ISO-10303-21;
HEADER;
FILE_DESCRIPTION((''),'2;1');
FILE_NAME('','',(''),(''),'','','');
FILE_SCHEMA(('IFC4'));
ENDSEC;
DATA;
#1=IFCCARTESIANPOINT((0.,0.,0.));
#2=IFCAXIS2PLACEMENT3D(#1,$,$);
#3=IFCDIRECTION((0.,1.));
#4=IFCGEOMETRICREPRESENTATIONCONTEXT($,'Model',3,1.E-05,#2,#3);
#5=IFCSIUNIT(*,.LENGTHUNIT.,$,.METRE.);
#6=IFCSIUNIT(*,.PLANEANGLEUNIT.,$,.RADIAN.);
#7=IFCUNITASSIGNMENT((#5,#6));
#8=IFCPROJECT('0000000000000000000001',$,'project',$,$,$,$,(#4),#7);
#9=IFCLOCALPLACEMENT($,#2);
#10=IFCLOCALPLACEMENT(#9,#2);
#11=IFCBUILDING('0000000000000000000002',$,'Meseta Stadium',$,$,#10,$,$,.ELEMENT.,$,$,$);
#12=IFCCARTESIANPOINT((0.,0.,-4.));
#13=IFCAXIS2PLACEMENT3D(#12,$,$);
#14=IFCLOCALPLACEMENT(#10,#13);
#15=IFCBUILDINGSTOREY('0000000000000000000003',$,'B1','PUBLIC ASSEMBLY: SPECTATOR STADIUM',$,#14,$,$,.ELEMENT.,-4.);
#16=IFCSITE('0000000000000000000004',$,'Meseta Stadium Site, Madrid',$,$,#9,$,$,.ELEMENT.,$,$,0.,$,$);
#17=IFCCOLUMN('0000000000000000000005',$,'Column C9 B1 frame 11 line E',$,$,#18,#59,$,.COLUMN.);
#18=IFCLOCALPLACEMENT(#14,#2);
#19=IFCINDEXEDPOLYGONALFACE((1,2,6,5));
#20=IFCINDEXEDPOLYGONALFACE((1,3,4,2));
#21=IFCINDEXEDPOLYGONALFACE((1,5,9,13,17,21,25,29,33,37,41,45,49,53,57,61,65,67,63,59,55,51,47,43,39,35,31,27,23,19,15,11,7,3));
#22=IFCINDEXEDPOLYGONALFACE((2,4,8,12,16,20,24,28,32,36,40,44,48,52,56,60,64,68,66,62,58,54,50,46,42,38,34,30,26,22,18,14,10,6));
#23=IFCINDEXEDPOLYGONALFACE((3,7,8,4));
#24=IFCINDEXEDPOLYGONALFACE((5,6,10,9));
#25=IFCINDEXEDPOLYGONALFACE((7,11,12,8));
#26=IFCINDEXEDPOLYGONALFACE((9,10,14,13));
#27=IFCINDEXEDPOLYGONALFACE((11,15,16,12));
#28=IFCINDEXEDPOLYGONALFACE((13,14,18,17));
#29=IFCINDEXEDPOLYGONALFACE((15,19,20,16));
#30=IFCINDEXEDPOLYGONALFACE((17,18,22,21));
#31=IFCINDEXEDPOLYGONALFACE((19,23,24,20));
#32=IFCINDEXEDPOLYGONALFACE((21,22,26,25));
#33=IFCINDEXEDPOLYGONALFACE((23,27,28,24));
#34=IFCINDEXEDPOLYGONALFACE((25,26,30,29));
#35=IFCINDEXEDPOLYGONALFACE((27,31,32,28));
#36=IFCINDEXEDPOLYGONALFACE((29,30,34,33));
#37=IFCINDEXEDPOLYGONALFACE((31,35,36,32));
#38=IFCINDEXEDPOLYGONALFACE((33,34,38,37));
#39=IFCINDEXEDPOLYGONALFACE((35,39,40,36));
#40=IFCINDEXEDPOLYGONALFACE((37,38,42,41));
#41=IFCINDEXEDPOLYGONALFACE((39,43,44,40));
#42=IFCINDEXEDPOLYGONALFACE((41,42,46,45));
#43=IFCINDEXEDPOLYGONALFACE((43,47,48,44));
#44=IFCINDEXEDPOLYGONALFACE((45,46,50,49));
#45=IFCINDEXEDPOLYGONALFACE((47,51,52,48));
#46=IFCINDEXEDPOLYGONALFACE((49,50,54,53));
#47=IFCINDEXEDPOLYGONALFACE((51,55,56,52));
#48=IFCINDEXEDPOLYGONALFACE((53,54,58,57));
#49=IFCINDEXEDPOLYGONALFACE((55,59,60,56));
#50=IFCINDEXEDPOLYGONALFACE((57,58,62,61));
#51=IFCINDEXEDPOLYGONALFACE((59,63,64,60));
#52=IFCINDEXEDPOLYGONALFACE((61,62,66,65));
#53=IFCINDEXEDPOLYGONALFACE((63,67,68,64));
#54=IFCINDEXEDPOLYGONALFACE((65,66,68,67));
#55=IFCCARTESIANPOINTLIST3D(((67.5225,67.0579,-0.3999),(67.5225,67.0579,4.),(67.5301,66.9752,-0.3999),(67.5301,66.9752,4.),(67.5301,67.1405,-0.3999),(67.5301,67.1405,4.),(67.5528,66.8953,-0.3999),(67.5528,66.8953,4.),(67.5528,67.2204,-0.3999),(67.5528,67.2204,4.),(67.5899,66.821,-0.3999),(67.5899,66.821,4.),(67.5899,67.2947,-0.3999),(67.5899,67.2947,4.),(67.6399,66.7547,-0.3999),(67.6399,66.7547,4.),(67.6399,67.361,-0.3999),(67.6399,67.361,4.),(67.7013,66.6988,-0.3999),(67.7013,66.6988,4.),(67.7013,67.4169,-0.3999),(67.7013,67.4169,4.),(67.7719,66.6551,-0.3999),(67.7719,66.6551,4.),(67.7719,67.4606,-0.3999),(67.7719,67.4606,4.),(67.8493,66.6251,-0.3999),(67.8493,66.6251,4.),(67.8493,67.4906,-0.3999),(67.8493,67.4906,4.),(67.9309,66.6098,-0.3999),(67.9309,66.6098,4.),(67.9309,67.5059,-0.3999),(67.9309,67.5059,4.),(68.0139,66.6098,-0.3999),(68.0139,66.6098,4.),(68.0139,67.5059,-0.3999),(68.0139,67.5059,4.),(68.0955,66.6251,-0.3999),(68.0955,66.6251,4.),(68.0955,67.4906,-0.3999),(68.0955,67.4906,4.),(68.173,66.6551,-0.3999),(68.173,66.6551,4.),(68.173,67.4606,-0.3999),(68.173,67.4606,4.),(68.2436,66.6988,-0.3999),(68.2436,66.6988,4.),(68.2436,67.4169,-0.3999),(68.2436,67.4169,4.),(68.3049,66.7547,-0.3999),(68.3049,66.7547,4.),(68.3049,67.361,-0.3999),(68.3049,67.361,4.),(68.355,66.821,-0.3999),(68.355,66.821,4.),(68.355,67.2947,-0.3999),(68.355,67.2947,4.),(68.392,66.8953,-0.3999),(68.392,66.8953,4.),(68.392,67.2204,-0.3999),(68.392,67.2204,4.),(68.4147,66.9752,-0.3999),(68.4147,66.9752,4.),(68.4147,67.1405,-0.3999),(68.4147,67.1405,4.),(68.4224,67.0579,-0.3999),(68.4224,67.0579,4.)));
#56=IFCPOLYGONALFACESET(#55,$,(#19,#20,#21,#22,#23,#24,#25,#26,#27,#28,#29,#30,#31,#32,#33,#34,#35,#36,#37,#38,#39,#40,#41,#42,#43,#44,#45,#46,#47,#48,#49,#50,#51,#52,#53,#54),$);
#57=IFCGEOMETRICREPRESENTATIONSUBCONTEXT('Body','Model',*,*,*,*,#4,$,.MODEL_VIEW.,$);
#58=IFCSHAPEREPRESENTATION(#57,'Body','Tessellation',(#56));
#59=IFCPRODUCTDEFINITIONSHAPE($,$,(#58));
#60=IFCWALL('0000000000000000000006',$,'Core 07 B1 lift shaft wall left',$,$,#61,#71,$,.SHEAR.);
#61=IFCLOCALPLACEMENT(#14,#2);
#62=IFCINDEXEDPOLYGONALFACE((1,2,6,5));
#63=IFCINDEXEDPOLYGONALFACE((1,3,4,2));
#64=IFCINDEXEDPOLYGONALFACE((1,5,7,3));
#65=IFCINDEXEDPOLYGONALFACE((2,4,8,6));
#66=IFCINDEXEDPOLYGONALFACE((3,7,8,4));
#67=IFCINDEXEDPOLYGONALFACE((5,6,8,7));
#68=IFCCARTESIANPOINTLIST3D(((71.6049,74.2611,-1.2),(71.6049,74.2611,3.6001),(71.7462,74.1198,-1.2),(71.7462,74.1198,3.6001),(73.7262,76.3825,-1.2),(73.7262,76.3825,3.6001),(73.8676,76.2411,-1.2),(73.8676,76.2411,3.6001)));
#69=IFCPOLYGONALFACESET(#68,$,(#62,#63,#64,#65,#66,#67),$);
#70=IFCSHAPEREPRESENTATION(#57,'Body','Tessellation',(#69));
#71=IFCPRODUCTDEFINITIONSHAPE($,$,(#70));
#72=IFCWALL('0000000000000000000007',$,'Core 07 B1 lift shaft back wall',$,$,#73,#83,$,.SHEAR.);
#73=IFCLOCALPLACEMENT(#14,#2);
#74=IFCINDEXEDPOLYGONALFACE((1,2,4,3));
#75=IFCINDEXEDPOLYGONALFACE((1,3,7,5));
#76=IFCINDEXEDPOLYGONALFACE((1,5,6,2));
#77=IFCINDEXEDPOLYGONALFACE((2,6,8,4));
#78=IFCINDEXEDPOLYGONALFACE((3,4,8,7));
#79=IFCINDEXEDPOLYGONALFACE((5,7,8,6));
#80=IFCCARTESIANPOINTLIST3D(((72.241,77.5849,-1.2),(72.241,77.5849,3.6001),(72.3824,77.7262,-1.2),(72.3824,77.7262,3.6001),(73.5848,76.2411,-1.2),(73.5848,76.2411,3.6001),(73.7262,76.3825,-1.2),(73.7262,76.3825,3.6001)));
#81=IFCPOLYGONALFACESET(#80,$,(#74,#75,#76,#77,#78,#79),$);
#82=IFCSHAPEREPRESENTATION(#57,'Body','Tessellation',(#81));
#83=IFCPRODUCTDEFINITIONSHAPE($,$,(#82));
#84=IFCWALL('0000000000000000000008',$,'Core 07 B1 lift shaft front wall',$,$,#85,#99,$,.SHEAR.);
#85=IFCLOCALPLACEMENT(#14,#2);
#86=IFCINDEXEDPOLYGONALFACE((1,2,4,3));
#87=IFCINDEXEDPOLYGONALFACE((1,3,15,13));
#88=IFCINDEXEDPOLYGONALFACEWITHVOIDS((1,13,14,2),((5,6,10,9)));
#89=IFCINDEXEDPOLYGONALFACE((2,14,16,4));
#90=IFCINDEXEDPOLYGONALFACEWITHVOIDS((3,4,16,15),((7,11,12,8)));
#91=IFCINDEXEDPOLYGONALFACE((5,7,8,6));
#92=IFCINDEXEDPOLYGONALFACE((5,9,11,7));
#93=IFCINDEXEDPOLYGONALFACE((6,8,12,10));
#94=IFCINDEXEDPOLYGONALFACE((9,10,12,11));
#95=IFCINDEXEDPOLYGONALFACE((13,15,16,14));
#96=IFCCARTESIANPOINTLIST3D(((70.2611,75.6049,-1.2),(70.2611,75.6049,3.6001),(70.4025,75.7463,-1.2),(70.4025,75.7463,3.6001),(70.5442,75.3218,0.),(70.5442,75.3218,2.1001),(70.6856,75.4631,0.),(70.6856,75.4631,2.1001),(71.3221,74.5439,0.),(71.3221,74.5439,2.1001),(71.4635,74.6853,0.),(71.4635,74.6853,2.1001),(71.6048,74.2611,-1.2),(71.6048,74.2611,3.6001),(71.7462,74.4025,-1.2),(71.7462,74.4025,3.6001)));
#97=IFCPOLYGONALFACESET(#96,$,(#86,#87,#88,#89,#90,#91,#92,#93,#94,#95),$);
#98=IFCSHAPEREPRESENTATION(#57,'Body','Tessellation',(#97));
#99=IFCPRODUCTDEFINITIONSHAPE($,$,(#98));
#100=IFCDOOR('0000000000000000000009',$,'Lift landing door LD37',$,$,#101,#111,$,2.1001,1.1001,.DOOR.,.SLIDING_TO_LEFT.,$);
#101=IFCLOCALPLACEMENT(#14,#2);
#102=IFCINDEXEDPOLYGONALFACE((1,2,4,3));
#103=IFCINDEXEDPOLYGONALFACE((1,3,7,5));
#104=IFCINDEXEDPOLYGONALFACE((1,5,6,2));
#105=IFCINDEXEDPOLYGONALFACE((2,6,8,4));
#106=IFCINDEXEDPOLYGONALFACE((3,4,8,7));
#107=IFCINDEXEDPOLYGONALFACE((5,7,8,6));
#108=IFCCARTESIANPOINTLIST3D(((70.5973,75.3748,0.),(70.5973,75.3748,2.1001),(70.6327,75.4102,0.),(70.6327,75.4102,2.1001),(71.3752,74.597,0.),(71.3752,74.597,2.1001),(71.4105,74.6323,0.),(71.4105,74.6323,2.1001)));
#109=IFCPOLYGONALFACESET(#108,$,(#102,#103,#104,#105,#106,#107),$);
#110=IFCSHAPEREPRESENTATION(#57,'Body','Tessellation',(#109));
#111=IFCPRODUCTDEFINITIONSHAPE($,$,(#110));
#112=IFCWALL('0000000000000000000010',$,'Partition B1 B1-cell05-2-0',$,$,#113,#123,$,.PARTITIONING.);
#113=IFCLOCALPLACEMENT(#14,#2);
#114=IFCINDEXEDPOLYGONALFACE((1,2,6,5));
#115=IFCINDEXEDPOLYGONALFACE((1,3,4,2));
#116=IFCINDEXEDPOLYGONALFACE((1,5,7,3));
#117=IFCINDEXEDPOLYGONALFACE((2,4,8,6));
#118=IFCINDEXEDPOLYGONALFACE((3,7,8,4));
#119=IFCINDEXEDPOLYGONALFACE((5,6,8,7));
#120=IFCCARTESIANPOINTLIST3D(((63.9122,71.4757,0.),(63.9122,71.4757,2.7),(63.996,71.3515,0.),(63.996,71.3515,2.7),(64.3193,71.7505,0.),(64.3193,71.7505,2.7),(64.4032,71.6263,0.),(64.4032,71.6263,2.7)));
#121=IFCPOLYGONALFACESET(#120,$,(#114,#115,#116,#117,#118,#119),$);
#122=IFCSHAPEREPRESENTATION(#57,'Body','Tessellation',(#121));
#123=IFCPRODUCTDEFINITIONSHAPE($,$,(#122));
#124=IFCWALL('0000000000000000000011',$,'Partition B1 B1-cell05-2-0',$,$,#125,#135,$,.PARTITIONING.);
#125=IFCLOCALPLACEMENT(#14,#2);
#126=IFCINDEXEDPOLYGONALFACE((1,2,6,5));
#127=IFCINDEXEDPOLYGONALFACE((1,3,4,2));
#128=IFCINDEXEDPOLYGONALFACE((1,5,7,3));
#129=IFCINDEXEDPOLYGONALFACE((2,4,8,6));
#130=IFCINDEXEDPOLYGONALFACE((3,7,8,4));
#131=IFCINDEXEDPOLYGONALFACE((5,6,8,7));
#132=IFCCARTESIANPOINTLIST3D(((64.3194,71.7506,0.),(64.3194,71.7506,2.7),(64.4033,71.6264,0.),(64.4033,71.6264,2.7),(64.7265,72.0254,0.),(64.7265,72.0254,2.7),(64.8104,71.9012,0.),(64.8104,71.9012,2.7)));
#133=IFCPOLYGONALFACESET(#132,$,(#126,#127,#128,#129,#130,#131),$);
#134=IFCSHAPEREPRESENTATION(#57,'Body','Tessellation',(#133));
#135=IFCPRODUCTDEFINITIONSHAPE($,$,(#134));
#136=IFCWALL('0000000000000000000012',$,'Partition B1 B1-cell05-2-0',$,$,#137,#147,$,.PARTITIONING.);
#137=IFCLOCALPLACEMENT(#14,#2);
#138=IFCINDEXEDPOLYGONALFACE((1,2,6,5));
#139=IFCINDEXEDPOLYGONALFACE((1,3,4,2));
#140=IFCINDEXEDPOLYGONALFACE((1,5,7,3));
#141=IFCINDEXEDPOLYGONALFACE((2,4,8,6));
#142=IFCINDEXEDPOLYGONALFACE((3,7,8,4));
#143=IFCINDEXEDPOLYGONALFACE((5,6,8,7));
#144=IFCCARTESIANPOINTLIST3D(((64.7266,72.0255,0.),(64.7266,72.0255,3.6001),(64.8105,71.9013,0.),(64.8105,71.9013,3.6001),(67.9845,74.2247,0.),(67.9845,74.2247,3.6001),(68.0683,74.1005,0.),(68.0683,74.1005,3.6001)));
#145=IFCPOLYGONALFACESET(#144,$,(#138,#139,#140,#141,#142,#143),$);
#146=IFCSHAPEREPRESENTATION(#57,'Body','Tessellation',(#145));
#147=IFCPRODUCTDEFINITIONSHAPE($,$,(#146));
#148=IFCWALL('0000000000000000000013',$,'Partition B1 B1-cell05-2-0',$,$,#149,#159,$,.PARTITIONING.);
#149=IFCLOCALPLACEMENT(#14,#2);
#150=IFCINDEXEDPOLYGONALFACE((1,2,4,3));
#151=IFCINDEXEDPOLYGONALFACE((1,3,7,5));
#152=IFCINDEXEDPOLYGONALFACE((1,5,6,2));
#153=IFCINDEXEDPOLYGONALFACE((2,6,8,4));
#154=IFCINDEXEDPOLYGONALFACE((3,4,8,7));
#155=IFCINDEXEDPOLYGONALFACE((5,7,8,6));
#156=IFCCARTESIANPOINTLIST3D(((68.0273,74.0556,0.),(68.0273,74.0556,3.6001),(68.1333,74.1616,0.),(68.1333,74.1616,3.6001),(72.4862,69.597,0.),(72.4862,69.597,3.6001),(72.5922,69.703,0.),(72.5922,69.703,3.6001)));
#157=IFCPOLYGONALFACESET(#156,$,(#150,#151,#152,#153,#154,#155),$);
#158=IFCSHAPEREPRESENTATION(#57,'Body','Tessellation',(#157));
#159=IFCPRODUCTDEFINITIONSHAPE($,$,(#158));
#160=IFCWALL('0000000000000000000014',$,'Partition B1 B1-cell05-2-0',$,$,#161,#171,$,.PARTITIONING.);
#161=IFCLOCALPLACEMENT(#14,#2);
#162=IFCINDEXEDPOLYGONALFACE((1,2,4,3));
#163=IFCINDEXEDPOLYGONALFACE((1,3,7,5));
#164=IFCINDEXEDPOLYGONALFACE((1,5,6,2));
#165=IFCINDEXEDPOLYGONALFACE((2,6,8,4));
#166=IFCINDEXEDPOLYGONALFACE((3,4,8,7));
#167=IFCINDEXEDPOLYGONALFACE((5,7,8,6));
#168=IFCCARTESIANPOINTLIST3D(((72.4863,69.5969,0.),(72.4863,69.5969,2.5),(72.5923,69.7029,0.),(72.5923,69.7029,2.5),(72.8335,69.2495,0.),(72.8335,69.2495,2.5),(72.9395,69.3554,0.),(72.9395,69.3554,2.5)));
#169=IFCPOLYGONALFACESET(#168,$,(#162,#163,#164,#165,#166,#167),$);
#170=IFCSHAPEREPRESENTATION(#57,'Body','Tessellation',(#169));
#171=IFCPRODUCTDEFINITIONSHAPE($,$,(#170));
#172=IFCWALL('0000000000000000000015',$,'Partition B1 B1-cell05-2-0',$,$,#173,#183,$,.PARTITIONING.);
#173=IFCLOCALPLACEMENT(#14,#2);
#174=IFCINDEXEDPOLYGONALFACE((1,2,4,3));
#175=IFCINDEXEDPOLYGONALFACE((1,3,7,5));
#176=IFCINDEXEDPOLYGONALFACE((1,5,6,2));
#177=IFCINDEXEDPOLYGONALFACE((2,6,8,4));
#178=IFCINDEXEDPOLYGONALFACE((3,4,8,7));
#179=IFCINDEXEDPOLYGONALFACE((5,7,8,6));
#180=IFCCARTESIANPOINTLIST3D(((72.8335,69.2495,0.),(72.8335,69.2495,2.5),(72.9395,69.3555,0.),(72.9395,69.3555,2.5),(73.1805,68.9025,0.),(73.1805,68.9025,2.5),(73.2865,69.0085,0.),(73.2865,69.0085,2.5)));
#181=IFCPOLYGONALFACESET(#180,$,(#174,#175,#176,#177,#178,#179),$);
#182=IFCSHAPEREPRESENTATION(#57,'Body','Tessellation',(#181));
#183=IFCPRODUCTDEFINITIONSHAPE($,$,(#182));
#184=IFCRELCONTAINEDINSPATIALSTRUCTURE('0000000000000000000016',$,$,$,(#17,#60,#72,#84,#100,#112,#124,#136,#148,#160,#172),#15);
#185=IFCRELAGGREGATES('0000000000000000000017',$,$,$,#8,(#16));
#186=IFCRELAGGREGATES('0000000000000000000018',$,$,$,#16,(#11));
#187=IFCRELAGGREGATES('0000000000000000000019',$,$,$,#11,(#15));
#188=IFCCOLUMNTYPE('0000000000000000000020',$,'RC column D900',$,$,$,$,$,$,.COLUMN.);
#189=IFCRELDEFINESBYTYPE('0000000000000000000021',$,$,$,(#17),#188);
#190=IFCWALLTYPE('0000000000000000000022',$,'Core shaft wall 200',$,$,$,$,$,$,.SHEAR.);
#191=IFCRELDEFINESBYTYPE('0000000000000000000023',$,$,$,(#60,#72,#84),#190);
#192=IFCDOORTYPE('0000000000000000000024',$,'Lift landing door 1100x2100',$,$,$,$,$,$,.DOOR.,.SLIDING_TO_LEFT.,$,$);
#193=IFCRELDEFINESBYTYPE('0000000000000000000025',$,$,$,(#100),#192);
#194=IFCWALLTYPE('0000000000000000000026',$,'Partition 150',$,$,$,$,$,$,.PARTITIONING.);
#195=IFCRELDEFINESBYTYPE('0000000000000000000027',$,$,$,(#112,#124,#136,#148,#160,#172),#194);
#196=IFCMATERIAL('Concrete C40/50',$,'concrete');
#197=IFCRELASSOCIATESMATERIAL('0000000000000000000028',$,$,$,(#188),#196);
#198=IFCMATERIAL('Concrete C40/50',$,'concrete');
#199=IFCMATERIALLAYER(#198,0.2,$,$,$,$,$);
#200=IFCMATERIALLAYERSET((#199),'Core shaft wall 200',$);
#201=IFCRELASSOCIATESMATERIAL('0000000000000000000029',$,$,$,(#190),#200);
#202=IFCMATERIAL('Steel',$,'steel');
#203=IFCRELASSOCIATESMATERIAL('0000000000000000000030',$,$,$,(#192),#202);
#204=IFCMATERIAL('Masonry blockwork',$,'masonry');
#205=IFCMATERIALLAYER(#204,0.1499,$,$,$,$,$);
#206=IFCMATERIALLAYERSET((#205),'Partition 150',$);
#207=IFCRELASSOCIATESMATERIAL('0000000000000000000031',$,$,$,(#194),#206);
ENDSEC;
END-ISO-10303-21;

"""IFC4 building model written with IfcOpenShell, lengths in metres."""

from ifc_helpers import new_model, si_unit, direction, frame, frame_2d, origin, origin_2d, place, context, subcontext, project, spatial, rectangle, circle, extrude, material, layer, layer_set, material_profile, profile_set, type_object, element, fill, save


model = new_model("IFC4")

# Units and contexts
model_context = context("Model", 3, precision=1e-05, world=origin(), true_north=direction((0.0, 1.0)))
body_context = subcontext(model_context, "Body", "Model", "MODEL_VIEW")
ifc_project = project(units=[si_unit("LENGTHUNIT", "METRE"), si_unit("PLANEANGLEUNIT", "RADIAN")], contexts=[model_context])

# Site, building, storey
site_placement = place(None, origin())
site = spatial("IfcSite", under=ifc_project, at=site_placement, Name="Meseta Stadium Site, Madrid", CompositionType="ELEMENT", RefElevation=0.0)
building_placement = place(site_placement, origin())
building = spatial("IfcBuilding", under=site, at=building_placement, Name="Meseta Stadium", CompositionType="ELEMENT")
storey_placement = place(building_placement, frame((0.0, 0.0, -4.0)))
storey = spatial("IfcBuildingStorey", under=building, at=storey_placement, Name="B1", Description="PUBLIC ASSEMBLY: SPECTATOR STADIUM", CompositionType="ELEMENT", Elevation=-4.0)

# Column
ifc_material_1 = material(Name="Concrete C40/50", Category="concrete")
ifc_material_profile = material_profile(ifc_material_1, circle(Radius=0.45, at=origin_2d()), Name="RC D900")
ifc_profile_set = profile_set([ifc_material_profile], Name="Concrete C40/50")
column_type = type_object("IfcColumnType", Name="RC column D900", PredefinedType="COLUMN", material=ifc_profile_set)
column_placement = place(storey_placement, frame((67.9724, 67.0579, -0.3999), z_axis=(0.0, 0.0, 1.0), x_axis=(1.0, 0.0, 0.0)))
element("IfcColumn", 1, at=column_placement, inside=storey, type_object=column_type, Name="Column C9 B1 frame 11 line E", PredefinedType="COLUMN", context=body_context, shape_type="SweptSolid", body=[
    extrude(circle(Radius=0.45, at=origin_2d()), origin(), (0.0, 0.0, 1.0), 4.3999),
])

# Walls
ifc_material_2 = material(Name="Concrete C40/50", Category="concrete")
ifc_layer_1 = layer(ifc_material_2, 0.2)
ifc_layer_set_1 = layer_set([ifc_layer_1], Name="Core shaft wall 200")
wall_type_1 = type_object("IfcWallType", Name="Core shaft wall 200", PredefinedType="SHEAR", material=ifc_layer_set_1)
wall_1_placement = place(storey_placement, frame((73.7969, 76.3118, -1.2), z_axis=(0.0, 0.0, 1.0), x_axis=(-0.707107, -0.707107, 0.0)))
element("IfcWall", 2, at=wall_1_placement, inside=storey, type_object=wall_type_1, Name="Core 07 B1 lift shaft wall left", PredefinedType="SHEAR", context=body_context, shape_type="SweptSolid", body=[
    extrude(rectangle(XDim=3.0, YDim=0.2, at=frame_2d((1.5, 0.0))), origin(), (0.0, 0.0, 1.0), 4.8),
])
wall_2_placement = place(storey_placement, frame((73.6555, 76.3118, -1.2), z_axis=(0.0, 0.0, 1.0), x_axis=(-0.707107, 0.707107, 0.0)))
element("IfcWall", 3, at=wall_2_placement, inside=storey, type_object=wall_type_1, Name="Core 07 B1 lift shaft back wall", PredefinedType="SHEAR", context=body_context, shape_type="SweptSolid", body=[
    extrude(rectangle(XDim=1.9004, YDim=0.2, at=frame_2d((0.9502, 0.0))), origin(), (0.0, 0.0, 1.0), 4.8),
])

# Wall, opening, door
wall_3_placement = place(storey_placement, frame((71.6755, 74.3318, -1.2), z_axis=(0.0, 0.0, 1.0), x_axis=(-0.707107, 0.707107, 0.0)))
wall_3 = element("IfcWall", 4, at=wall_3_placement, inside=storey, type_object=wall_type_1, Name="Core 07 B1 lift shaft front wall", PredefinedType="SHEAR", context=body_context, shape_type="SweptSolid", body=[
    extrude(rectangle(XDim=1.9004, YDim=0.2, at=frame_2d((0.9502, 0.0))), origin(), (0.0, 0.0, 1.0), 4.8),
])
opening_1_placement = place(wall_3_placement, frame((0.3999, 0.0, 1.2)))
opening_1 = element("IfcOpeningElement", 5, at=opening_1_placement, cuts=wall_3, PredefinedType="OPENING", context=body_context, shape_type="SweptSolid", body=[
    extrude(rectangle(XDim=1.1001, YDim=2.1001, at=frame_2d((0.55, 1.05))), frame((0.0, 0.1099, 0.0), z_axis=(0.0, -1.0, 0.0), x_axis=(1.0, 0.0, 0.0)), (0.0, 0.0, 1.0), 0.22),
])
ifc_material_3 = material(Name="Steel", Category="steel")
door_type_1 = type_object("IfcDoorType", Name="Lift landing door 1100x2100", OperationType="SLIDING_TO_LEFT", PredefinedType="DOOR", material=ifc_material_3)
door_1_placement = place(opening_1_placement, origin())
door_1 = element("IfcDoor", 6, at=door_1_placement, inside=storey, type_object=door_type_1, Name="Lift landing door LD37", OperationType="SLIDING_TO_LEFT", OverallHeight=2.1001, OverallWidth=1.1001, PredefinedType="DOOR", context=body_context, shape_type="SweptSolid", body=[
    extrude(rectangle(XDim=1.1001, YDim=2.1001, at=frame_2d((0.55, 1.05))), frame((0.0, 0.0249, 0.0), z_axis=(0.0, -1.0, 0.0), x_axis=(1.0, 0.0, 0.0)), (0.0, 0.0, 1.0), 0.05),
])
fill(opening_1, door_1)

# Walls
ifc_material_4 = material(Name="Masonry blockwork", Category="masonry")
ifc_layer_2 = layer(ifc_material_4, 0.1499)
ifc_layer_set_2 = layer_set([ifc_layer_2], Name="Partition 150")
wall_type_2 = type_object("IfcWallType", Name="Partition 150", PredefinedType="PARTITIONING", material=ifc_layer_set_2)
for number, where, z_axis, x_axis, name in (
    (7, (63.9541, 71.4136, 0.0), (0.0, 0.0, 1.0), (0.828826, 0.559507, 0.0), "Partition B1 B1-cell05-2-0"),
    (8, (64.3613, 71.6885, 0.0), (0.0, 0.0, 1.0), (0.828826, 0.559507, 0.0), "Partition B1 B1-cell05-2-0"),
):
    element("IfcWall", number, at=place(storey_placement, frame(where, z_axis=z_axis, x_axis=x_axis)), inside=storey, type_object=wall_type_2, Name=name, PredefinedType="PARTITIONING", context=body_context, shape_type="SweptSolid", body=[
        extrude(rectangle(XDim=0.4912, YDim=0.1499, at=frame_2d((0.2456, 0.0))), origin(), (0.0, 0.0, 1.0), 2.7),
    ])
wall_4_placement = place(storey_placement, frame((64.7686, 71.9634, 0.0), z_axis=(0.0, 0.0, 1.0), x_axis=(0.828826, 0.559507, 0.0)))
element("IfcWall", 9, at=wall_4_placement, inside=storey, type_object=wall_type_2, Name="Partition B1 B1-cell05-2-0", PredefinedType="PARTITIONING", context=body_context, shape_type="SweptSolid", body=[
    extrude(rectangle(XDim=3.9307, YDim=0.1499, at=frame_2d((1.9653, 0.0))), origin(), (0.0, 0.0, 1.0), 3.6001),
])
wall_5_placement = place(storey_placement, frame((68.0803, 74.1086, 0.0), z_axis=(0.0, 0.0, 1.0), x_axis=(0.707126, -0.707087, 0.0)))
element("IfcWall", 10, at=wall_5_placement, inside=storey, type_object=wall_type_2, Name="Partition B1 B1-cell05-2-0", PredefinedType="PARTITIONING", context=body_context, shape_type="SweptSolid", body=[
    extrude(rectangle(XDim=6.3057, YDim=0.1499, at=frame_2d((3.1528, 0.0))), origin(), (0.0, 0.0, 1.0), 3.6001),
])
wall_6_placement = place(storey_placement, frame((72.5393, 69.6499, 0.0), z_axis=(0.0, 0.0, 1.0), x_axis=(0.706858, -0.707355, 0.0)))
element("IfcWall", 11, at=wall_6_placement, inside=storey, type_object=wall_type_2, Name="Partition B1 B1-cell05-2-0", PredefinedType="PARTITIONING", context=body_context, shape_type="SweptSolid", body=[
    extrude(rectangle(XDim=0.4912, YDim=0.1499, at=frame_2d((0.2456, 0.0))), origin(), (0.0, 0.0, 1.0), 2.5),
])
wall_7_placement = place(storey_placement, frame((72.8865, 69.3025, 0.0), z_axis=(0.0, 0.0, 1.0), x_axis=(0.707107, -0.707107, 0.0)))
element("IfcWall", 12, at=wall_7_placement, inside=storey, type_object=wall_type_2, Name="Partition B1 B1-cell05-2-0", PredefinedType="PARTITIONING", context=body_context, shape_type="SweptSolid", body=[
    extrude(rectangle(XDim=0.4907, YDim=0.1499, at=frame_2d((0.2454, 0.0))), origin(), (0.0, 0.0, 1.0), 2.5),
])

save(model, "model.ifc")
